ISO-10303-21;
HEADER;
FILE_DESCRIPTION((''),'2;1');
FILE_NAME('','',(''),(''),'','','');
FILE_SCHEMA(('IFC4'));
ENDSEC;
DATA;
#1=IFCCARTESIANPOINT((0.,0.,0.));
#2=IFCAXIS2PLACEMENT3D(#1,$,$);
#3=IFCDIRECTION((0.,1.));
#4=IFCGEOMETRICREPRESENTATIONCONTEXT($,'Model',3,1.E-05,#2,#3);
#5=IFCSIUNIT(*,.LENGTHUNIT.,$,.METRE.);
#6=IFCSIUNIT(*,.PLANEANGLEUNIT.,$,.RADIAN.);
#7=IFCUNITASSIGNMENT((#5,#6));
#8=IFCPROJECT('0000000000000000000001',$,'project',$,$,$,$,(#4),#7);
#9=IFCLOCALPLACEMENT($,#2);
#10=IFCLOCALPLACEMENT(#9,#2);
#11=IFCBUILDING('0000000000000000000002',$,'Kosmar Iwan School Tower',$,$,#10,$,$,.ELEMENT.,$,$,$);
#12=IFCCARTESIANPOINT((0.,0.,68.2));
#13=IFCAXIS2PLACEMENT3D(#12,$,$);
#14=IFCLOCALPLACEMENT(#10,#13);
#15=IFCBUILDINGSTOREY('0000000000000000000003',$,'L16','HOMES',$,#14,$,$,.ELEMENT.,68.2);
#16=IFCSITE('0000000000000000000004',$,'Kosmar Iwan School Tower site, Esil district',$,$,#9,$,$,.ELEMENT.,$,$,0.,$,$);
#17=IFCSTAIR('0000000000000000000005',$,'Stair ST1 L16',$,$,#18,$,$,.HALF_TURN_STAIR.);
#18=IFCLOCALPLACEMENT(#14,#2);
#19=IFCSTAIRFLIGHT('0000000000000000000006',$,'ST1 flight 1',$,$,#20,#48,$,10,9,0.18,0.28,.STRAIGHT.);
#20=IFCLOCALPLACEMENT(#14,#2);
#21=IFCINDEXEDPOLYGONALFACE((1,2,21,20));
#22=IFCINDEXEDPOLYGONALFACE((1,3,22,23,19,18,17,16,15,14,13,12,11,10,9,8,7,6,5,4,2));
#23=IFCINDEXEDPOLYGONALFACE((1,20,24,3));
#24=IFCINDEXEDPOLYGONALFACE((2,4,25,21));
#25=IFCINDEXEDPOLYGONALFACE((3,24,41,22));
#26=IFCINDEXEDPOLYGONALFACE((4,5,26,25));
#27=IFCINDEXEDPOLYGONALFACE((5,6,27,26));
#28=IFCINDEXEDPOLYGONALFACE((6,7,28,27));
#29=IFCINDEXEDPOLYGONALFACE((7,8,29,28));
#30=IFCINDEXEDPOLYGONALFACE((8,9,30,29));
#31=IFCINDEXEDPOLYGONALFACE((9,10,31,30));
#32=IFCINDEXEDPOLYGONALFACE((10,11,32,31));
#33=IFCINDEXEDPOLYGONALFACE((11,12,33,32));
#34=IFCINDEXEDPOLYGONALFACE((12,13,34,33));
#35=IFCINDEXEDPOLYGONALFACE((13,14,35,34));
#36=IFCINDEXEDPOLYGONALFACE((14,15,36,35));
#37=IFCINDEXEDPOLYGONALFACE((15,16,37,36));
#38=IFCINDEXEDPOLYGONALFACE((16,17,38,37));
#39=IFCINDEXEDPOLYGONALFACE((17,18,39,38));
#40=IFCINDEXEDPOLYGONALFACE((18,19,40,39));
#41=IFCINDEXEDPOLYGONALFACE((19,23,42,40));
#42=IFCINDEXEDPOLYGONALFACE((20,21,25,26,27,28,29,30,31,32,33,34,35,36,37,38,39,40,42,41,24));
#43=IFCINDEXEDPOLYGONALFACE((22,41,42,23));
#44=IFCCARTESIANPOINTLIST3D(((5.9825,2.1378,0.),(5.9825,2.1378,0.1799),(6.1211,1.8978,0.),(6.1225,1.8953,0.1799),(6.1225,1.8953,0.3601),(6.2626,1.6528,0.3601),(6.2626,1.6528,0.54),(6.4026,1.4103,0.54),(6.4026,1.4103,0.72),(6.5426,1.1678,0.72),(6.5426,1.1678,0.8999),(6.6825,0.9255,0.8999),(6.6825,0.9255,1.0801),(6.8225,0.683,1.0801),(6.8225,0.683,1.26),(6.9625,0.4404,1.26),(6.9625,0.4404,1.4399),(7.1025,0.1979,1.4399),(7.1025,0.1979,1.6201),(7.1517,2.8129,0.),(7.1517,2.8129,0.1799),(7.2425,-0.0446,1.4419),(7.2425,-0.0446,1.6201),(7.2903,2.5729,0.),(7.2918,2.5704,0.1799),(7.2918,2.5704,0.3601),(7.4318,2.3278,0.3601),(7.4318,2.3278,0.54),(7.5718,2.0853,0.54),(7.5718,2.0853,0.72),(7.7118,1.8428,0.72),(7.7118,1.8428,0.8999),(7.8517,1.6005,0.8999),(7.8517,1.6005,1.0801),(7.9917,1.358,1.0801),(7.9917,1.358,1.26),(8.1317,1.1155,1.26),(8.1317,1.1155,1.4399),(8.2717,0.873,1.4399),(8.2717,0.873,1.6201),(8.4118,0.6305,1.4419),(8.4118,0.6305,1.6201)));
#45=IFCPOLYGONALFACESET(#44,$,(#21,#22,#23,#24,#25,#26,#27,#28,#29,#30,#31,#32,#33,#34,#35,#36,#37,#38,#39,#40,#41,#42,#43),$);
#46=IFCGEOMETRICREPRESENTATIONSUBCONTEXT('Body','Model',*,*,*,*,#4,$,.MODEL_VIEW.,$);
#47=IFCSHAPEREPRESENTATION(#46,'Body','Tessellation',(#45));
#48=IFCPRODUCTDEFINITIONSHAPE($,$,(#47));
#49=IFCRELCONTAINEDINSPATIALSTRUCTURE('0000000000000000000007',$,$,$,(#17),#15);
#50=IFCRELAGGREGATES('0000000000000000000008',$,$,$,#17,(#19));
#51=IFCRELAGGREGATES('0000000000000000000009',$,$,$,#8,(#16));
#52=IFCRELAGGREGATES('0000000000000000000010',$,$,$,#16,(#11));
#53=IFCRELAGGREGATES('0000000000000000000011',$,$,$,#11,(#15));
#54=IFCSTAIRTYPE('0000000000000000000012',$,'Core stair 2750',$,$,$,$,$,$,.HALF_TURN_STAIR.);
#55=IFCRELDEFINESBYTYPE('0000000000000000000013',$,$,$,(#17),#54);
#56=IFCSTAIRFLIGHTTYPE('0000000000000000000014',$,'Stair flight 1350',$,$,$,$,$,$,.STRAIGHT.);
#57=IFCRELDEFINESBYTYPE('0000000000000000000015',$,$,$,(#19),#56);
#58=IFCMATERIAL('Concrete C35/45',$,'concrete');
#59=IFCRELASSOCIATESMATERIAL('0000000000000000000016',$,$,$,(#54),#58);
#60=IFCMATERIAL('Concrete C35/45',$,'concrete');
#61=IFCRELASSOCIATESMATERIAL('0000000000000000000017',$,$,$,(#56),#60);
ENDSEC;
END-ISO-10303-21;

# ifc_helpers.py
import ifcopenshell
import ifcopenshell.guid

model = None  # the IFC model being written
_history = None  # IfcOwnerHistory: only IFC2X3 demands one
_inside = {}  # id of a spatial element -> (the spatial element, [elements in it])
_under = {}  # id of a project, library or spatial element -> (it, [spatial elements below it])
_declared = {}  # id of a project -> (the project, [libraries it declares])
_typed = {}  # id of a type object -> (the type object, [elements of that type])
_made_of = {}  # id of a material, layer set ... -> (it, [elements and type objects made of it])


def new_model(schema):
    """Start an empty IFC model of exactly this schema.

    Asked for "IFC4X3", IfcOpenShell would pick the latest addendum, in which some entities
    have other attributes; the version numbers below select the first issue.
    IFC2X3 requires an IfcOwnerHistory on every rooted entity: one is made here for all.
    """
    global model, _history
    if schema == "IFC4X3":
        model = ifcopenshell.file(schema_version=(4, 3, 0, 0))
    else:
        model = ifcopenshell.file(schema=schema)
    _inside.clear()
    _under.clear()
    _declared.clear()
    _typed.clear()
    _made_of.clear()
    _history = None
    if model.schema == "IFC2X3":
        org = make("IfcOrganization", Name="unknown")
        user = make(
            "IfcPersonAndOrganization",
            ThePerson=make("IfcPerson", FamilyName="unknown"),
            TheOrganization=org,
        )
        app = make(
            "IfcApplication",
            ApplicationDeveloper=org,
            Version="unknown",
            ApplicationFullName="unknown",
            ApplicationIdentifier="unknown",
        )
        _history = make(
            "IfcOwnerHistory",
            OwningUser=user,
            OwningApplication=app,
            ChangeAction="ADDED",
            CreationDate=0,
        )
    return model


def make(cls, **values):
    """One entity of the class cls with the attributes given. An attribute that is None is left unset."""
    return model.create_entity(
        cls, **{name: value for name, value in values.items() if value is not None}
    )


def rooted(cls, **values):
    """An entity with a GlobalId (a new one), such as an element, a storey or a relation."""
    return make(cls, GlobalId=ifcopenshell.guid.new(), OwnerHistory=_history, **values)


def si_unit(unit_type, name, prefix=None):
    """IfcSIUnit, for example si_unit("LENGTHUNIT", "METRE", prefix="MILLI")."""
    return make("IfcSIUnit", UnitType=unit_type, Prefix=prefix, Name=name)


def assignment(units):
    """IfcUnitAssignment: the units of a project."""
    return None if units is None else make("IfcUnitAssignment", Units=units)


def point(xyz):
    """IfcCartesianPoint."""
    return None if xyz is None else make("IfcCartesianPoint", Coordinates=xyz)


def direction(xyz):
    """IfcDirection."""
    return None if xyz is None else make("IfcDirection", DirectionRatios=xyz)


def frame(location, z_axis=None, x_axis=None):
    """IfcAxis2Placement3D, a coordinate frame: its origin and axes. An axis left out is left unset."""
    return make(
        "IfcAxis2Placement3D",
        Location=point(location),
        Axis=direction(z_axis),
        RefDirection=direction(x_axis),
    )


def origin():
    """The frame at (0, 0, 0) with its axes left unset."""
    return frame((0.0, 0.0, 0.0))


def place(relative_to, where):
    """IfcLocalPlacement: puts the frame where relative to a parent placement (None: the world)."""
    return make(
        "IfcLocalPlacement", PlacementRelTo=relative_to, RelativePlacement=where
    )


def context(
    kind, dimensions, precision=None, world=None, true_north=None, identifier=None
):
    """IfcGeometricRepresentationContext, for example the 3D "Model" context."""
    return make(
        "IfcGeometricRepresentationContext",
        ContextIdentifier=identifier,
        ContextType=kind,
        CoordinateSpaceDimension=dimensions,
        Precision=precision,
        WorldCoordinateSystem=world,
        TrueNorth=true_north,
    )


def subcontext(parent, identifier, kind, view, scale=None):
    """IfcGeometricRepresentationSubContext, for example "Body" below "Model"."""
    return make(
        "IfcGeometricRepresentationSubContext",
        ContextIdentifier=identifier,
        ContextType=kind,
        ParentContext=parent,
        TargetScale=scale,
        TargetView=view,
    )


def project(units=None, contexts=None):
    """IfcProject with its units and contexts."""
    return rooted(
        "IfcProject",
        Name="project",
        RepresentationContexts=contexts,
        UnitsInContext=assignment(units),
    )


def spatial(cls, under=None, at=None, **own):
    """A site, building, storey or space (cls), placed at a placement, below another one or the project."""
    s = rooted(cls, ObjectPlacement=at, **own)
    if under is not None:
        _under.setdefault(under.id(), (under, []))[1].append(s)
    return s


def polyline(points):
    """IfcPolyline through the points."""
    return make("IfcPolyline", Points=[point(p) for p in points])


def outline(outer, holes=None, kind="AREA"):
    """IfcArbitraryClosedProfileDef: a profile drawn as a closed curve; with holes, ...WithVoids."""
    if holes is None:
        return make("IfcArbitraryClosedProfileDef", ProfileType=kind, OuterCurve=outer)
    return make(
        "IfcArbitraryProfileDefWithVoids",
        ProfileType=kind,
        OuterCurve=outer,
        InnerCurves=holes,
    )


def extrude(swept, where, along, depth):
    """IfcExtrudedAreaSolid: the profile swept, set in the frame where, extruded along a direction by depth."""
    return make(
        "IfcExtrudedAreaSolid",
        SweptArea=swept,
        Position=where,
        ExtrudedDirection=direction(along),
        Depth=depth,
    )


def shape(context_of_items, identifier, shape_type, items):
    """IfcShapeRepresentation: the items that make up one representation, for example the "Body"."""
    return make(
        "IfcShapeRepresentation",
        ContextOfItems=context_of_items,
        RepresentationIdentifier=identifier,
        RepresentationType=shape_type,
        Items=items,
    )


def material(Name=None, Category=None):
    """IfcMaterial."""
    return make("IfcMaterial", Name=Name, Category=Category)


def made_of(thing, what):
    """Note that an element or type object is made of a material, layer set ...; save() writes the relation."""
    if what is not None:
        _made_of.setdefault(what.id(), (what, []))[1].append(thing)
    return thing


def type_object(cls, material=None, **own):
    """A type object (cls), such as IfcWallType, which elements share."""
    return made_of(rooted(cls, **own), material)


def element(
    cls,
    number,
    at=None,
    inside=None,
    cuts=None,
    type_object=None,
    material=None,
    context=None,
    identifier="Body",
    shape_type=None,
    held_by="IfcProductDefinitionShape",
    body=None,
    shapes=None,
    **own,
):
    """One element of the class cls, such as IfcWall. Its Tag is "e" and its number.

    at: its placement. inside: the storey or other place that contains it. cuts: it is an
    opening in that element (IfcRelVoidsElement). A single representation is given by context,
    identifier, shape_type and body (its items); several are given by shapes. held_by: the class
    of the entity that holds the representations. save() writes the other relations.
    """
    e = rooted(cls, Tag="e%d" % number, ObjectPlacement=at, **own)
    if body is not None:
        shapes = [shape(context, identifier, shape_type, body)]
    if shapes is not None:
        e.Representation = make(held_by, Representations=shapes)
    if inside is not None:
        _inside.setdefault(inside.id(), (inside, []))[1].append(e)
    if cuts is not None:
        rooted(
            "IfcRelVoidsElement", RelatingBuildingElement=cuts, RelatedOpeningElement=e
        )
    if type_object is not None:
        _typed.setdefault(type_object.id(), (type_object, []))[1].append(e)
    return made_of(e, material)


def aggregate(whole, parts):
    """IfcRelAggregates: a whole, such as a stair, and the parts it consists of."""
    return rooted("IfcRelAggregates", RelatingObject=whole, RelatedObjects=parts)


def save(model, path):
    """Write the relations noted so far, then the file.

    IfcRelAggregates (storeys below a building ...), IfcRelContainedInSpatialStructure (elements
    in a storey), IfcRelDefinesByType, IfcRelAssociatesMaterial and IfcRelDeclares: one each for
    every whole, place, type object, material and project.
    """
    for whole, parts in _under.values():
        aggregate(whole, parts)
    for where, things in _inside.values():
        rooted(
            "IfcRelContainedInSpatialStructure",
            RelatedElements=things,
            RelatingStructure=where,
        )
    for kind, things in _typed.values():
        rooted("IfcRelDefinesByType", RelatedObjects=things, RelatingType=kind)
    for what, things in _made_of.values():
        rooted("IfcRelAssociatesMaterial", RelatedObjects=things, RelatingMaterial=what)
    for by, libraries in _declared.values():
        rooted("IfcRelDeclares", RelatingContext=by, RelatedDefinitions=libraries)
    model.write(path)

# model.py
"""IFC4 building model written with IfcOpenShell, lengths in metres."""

from ifc_helpers import new_model, si_unit, direction, frame, origin, place, context, subcontext, project, spatial, polyline, outline, extrude, material, type_object, element, aggregate, save


model = new_model("IFC4")

# Units and contexts
model_context = context("Model", 3, precision=1e-05, world=origin(), true_north=direction((0.0, 1.0)))
body_context = subcontext(model_context, "Body", "Model", "MODEL_VIEW")
ifc_project = project(units=[si_unit("LENGTHUNIT", "METRE"), si_unit("PLANEANGLEUNIT", "RADIAN")], contexts=[model_context])

# Site, building, storey
site_placement = place(None, origin())
site = spatial("IfcSite", under=ifc_project, at=site_placement, Name="Kosmar Iwan School Tower site, Esil district", CompositionType="ELEMENT", RefElevation=0.0)
building_placement = place(site_placement, origin())
building = spatial("IfcBuilding", under=site, at=building_placement, Name="Kosmar Iwan School Tower", CompositionType="ELEMENT")
storey_placement = place(building_placement, frame((0.0, 0.0, 68.2)))
storey = spatial("IfcBuildingStorey", under=building, at=storey_placement, Name="L16", Description="HOMES", CompositionType="ELEMENT", Elevation=68.2)

# Stair, stair flight
ifc_material_1 = material(Name="Concrete C35/45", Category="concrete")
stair_type = type_object("IfcStairType", Name="Core stair 2750", PredefinedType="HALF_TURN_STAIR", material=ifc_material_1)
stair_placement = place(storey_placement, origin())
stair = element("IfcStair", 1, at=stair_placement, inside=storey, type_object=stair_type, Name="Stair ST1 L16", PredefinedType="HALF_TURN_STAIR")
ifc_material_2 = material(Name="Concrete C35/45", Category="concrete")
stair_flight_type = type_object("IfcStairFlightType", Name="Stair flight 1350", PredefinedType="STRAIGHT", material=ifc_material_2)
stair_flight_placement = place(storey_placement, frame((6.5671, 2.4753, 0.0), z_axis=(0.0, 0.0, 1.0), x_axis=(0.5, -0.866025, 0.0)))
stair_flight = element("IfcStairFlight", 2, at=stair_flight_placement, type_object=stair_flight_type, Name="ST1 flight 1", NumberOfRisers=10, NumberOfTreads=9, PredefinedType="STRAIGHT", RiserHeight=0.18, TreadLength=0.28, context=body_context, shape_type="SweptSolid", body=[
    extrude(outline(polyline([(0.0, 0.0), (0.0, 0.1799), (0.28, 0.1799), (0.28, 0.3601), (0.5601, 0.3601), (0.5601, 0.54), (0.8401, 0.54), (0.8401, 0.72), (1.1201, 0.72), (1.1201, 0.8999), (1.3999, 0.8999), (1.3999, 1.0801), (1.6799, 1.0801), (1.6799, 1.26), (1.96, 1.26), (1.96, 1.4399), (2.24, 1.4399), (2.24, 1.6201), (2.52, 1.6201), (2.52, 1.8), (2.52, 1.4419), (0.2771, 0.0), (0.0, 0.0)])), frame((0.0, 0.675, 0.0), z_axis=(0.0, -1.0, 0.0), x_axis=(1.0, 0.0, 0.0)), (0.0, 0.0, 1.0), 1.3501),
])
aggregate(stair, [stair_flight])

save(model, "model.ifc")
